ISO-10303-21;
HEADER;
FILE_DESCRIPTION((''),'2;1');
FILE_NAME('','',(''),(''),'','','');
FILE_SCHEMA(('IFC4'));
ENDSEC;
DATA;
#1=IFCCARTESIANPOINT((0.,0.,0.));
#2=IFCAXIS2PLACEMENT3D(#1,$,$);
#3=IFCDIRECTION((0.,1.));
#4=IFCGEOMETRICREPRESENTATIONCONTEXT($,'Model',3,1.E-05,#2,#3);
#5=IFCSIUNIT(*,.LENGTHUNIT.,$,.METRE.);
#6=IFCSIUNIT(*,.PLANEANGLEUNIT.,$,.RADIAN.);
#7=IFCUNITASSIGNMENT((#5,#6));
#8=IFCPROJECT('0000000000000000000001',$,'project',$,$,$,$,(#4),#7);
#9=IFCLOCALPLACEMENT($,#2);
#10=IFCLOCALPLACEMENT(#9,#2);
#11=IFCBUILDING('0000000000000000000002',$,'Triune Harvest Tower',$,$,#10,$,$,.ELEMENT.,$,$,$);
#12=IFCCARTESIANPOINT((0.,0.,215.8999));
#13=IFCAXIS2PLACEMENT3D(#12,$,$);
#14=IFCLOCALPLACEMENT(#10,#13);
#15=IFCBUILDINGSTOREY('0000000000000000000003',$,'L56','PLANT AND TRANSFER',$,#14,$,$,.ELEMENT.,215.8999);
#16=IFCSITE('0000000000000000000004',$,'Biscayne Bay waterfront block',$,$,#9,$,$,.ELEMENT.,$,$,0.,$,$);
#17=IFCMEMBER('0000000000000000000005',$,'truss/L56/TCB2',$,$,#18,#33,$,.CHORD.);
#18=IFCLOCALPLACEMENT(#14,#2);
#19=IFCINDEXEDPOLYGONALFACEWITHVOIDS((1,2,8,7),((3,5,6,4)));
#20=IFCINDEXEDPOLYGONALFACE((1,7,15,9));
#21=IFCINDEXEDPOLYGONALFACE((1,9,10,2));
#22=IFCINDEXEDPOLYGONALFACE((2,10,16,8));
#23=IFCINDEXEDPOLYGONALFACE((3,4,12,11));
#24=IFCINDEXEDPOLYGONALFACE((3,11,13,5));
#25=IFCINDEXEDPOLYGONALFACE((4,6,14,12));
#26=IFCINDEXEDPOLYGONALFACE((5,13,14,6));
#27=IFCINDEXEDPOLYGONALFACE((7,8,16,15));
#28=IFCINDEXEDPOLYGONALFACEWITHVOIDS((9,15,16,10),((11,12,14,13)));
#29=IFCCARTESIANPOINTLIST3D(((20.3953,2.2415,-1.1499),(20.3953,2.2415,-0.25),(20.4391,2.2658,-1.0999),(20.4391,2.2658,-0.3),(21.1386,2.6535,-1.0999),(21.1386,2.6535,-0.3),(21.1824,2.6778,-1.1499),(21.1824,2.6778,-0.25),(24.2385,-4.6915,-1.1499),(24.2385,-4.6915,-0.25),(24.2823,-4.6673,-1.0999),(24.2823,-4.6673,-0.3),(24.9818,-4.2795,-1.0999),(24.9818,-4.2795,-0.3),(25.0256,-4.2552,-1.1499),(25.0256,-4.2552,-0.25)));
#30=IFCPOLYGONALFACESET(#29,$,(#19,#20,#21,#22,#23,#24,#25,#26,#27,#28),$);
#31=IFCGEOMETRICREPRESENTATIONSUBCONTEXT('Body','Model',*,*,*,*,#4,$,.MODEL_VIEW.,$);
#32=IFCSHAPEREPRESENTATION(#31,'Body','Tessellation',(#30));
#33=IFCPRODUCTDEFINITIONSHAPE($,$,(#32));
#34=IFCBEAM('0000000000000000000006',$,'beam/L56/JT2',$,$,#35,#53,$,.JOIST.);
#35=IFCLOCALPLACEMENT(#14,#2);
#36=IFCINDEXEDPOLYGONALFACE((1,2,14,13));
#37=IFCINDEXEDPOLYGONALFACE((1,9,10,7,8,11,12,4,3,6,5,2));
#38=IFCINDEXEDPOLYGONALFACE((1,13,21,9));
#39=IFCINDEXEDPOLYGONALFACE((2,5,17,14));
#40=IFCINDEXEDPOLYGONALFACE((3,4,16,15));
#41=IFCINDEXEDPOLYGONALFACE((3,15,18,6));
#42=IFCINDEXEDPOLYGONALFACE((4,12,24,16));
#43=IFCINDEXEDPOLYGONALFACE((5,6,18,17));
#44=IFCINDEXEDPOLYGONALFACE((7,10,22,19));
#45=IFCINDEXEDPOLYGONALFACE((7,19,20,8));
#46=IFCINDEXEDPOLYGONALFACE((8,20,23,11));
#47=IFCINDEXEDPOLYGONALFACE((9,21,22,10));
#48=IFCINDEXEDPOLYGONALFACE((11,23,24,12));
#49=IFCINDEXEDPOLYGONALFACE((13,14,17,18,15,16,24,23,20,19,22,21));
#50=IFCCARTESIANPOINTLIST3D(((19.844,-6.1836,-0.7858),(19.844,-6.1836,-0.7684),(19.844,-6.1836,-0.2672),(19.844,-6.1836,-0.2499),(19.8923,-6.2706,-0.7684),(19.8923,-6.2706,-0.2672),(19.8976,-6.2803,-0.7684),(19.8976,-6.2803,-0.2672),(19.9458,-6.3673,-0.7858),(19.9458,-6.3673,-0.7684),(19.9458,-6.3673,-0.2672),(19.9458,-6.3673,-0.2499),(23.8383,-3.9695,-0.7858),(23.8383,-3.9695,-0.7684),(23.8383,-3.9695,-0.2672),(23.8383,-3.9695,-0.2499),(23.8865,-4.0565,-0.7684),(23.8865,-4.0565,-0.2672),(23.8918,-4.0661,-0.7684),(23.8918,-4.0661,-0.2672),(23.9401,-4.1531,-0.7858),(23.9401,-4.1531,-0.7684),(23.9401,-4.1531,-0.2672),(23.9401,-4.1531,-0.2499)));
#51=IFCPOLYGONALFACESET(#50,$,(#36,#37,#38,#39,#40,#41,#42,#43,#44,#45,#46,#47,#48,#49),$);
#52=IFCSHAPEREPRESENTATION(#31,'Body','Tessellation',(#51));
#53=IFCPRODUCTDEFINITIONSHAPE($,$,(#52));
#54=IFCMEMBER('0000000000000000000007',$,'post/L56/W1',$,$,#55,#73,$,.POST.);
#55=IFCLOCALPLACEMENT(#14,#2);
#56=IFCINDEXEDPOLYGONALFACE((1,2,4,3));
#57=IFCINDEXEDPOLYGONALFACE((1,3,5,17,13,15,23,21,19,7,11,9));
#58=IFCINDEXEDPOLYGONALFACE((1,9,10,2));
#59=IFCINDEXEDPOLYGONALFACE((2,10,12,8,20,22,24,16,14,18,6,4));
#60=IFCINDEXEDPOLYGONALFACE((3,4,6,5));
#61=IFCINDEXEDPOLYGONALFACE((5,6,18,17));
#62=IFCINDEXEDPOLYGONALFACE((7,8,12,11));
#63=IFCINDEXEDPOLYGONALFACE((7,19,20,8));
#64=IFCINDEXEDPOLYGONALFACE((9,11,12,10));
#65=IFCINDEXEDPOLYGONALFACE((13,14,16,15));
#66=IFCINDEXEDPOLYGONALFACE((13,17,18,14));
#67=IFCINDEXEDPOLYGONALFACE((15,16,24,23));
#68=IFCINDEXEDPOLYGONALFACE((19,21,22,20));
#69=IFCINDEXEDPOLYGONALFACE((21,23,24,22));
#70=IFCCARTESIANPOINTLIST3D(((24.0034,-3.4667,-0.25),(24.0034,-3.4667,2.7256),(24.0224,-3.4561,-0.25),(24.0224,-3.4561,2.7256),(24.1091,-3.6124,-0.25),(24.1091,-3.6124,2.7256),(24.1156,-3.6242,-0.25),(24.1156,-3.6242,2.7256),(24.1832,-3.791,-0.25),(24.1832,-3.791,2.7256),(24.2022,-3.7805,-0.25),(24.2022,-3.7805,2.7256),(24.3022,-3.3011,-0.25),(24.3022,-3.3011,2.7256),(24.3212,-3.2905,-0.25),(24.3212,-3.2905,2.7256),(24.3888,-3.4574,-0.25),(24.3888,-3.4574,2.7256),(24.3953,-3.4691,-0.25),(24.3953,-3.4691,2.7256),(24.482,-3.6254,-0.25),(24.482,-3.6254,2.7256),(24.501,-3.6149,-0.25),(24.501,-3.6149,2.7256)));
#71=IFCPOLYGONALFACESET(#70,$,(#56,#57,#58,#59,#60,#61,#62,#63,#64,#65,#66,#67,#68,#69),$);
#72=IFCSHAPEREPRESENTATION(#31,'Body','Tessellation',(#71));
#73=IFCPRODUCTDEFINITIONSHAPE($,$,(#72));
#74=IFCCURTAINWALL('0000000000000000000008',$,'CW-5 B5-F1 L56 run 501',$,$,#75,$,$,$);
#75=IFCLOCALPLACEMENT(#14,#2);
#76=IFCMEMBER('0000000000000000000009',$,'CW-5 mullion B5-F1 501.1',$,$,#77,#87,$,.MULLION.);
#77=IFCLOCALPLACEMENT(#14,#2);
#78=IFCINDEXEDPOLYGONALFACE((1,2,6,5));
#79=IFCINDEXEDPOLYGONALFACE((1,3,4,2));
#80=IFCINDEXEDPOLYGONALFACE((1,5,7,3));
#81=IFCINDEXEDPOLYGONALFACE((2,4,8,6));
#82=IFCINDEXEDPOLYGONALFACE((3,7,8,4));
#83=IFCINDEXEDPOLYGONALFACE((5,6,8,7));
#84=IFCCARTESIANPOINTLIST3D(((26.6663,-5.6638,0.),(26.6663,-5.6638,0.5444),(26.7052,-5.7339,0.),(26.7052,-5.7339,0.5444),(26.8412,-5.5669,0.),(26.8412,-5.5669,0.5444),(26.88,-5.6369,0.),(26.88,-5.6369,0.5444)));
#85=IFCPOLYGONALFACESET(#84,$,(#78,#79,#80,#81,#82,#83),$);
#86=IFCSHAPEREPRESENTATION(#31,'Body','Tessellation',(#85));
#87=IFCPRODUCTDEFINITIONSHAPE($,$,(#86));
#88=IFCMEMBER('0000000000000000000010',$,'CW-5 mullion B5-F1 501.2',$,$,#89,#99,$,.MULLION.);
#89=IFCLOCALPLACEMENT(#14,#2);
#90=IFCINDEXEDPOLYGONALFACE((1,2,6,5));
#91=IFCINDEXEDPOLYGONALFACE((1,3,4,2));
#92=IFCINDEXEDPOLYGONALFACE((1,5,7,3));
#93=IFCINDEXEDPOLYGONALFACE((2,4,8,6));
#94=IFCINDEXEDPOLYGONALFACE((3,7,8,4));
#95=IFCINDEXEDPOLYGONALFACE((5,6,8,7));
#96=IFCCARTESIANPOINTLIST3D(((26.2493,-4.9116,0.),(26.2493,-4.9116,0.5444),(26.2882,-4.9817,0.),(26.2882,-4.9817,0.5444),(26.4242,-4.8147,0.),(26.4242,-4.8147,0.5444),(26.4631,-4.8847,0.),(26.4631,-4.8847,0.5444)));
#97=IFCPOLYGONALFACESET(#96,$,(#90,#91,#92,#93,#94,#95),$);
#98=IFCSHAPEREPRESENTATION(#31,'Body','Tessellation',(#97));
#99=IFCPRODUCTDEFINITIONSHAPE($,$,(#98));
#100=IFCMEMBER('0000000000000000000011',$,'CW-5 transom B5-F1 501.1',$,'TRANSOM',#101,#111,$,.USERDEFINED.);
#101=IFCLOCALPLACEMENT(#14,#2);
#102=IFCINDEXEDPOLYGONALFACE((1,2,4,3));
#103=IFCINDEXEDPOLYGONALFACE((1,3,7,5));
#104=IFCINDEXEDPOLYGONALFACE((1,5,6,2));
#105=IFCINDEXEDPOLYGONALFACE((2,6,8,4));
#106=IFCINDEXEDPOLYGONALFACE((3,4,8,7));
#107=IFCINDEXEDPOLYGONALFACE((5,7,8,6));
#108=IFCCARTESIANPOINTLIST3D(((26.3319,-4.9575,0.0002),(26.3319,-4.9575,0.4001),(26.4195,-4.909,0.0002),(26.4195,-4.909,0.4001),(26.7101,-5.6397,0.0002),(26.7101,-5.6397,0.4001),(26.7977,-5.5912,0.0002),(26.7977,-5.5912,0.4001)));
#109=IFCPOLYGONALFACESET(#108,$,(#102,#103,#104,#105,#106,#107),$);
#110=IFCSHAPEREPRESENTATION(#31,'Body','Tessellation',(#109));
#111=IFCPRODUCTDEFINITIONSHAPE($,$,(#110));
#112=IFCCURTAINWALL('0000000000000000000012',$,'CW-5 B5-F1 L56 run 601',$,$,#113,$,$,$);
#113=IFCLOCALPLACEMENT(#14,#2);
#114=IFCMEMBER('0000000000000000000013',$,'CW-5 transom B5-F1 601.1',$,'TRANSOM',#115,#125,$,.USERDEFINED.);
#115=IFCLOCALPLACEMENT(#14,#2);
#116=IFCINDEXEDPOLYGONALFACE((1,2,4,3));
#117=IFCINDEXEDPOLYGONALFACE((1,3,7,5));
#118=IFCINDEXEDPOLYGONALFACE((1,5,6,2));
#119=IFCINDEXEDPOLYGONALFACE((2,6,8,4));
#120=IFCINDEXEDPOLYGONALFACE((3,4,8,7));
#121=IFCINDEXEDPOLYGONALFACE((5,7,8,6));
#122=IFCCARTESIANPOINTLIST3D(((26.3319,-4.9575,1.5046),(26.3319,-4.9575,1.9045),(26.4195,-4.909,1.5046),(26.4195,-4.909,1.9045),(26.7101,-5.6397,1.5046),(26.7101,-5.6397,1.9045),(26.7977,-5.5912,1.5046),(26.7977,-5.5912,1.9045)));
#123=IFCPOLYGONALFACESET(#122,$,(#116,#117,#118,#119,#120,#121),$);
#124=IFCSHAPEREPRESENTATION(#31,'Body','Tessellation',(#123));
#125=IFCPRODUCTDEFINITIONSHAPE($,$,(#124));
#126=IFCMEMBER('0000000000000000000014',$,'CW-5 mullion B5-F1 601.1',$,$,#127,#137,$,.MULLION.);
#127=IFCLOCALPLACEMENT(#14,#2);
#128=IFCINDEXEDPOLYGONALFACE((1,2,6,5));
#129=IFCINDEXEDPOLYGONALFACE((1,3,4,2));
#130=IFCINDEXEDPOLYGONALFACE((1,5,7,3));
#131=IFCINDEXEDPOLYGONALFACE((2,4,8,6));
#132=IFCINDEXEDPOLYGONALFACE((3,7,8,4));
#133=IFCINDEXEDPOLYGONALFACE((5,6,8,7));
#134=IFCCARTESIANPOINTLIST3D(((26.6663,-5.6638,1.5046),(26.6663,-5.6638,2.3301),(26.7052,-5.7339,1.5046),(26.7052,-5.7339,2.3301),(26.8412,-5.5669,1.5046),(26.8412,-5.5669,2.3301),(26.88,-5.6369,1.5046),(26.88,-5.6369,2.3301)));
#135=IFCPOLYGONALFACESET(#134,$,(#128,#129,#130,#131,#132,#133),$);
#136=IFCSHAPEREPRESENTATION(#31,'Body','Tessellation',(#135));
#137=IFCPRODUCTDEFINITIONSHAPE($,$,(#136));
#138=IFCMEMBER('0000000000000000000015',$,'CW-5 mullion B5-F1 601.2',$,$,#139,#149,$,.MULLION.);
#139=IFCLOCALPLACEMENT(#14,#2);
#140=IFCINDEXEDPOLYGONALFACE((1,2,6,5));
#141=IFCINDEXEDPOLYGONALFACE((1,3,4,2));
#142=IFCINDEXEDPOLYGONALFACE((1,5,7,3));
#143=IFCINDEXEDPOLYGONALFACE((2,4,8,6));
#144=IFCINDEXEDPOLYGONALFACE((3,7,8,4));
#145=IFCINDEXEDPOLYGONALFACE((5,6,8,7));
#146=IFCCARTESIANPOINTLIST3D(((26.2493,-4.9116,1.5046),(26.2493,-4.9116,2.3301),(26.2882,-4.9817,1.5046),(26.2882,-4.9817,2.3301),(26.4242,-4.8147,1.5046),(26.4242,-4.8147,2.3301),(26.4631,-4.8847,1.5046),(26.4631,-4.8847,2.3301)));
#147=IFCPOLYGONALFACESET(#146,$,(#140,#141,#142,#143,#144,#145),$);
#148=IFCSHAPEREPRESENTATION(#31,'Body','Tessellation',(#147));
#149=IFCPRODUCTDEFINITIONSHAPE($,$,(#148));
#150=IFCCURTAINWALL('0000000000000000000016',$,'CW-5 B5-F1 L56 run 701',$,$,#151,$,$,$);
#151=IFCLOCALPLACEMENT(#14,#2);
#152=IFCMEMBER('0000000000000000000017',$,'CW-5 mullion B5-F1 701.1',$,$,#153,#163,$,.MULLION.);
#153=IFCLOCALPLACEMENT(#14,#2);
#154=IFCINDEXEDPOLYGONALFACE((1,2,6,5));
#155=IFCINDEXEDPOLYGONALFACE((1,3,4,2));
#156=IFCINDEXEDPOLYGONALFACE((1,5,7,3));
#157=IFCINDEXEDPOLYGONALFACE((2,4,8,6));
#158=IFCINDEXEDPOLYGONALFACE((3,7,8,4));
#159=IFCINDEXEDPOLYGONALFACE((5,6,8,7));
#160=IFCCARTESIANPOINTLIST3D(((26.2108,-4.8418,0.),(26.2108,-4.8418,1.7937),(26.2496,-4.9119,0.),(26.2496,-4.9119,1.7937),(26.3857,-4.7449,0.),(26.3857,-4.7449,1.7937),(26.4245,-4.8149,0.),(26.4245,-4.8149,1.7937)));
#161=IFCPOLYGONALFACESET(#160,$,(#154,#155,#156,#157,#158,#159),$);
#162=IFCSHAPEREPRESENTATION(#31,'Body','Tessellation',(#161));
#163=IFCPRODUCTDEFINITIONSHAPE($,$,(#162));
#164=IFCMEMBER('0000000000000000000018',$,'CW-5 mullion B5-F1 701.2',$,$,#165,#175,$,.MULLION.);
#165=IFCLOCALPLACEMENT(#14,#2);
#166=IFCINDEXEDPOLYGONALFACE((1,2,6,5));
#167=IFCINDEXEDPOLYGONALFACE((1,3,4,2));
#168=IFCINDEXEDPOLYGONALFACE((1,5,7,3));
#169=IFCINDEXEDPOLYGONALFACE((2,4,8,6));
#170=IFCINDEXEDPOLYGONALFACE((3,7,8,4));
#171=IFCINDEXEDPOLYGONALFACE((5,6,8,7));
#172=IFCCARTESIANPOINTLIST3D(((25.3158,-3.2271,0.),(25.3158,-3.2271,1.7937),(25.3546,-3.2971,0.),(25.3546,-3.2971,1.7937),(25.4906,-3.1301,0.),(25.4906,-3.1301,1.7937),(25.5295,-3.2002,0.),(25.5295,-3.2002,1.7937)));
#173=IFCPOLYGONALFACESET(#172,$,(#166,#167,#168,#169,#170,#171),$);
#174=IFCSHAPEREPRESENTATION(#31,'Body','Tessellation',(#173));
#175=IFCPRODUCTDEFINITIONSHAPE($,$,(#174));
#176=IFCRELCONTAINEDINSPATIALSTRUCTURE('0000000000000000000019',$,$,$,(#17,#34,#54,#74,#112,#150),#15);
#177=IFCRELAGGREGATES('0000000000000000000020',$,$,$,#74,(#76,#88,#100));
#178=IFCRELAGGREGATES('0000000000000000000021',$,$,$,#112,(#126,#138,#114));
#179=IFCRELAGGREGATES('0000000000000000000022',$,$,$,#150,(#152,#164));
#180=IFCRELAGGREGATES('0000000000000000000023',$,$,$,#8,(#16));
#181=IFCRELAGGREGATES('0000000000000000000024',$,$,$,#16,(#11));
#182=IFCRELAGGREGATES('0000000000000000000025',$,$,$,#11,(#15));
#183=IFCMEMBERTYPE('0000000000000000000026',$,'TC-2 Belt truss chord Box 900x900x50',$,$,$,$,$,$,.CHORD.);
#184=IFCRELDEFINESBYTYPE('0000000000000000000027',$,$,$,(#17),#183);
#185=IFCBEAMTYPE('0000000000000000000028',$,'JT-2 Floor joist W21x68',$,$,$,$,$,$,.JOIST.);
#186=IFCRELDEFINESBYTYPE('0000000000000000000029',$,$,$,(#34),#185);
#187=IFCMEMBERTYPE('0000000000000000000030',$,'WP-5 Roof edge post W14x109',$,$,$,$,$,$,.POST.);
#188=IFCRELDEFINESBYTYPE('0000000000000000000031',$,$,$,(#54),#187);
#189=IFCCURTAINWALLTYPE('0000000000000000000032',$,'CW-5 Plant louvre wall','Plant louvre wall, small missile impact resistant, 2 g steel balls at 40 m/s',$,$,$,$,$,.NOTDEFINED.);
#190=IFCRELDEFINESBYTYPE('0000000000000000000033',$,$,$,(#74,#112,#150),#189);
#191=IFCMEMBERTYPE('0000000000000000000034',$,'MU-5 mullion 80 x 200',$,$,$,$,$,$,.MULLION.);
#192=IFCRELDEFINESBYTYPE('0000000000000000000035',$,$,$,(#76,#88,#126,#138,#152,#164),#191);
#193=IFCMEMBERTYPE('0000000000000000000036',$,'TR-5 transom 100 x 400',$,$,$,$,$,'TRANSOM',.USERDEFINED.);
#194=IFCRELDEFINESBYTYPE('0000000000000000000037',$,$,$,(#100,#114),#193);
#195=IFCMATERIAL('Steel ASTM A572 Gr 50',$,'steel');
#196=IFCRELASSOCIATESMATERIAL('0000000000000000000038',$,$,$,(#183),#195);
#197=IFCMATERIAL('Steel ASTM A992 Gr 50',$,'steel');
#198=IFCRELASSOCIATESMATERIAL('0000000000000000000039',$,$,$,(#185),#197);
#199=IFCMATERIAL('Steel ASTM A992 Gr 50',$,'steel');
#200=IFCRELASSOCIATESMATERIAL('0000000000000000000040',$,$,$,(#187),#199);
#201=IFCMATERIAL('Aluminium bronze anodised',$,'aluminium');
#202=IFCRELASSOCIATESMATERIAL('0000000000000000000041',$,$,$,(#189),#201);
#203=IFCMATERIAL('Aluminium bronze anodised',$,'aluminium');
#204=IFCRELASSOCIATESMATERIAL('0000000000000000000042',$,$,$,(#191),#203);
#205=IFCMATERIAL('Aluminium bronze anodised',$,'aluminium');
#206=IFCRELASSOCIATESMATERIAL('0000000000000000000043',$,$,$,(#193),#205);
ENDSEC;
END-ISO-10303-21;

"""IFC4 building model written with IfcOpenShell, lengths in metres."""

from ifc_helpers import new_model, si_unit, direction, frame, origin, origin_2d, place, context, subcontext, project, spatial, rectangle, hollow_rectangle, i_section, extrude, source, transform, mapped, material, material_profile, profile_set, type_object, element, aggregate, save


model = new_model("IFC4")

# Units and contexts
model_context = context("Model", 3, precision=1e-05, world=origin(), true_north=direction((0.0, 1.0)))
body_context = subcontext(model_context, "Body", "Model", "MODEL_VIEW")
ifc_project = project(units=[si_unit("LENGTHUNIT", "METRE"), si_unit("PLANEANGLEUNIT", "RADIAN")], contexts=[model_context])

# Site, building, storey
site_placement = place(None, origin())
site = spatial("IfcSite", under=ifc_project, at=site_placement, Name="Biscayne Bay waterfront block", CompositionType="ELEMENT", RefElevation=0.0)
building_placement = place(site_placement, origin())
building = spatial("IfcBuilding", under=site, at=building_placement, Name="Triune Harvest Tower", CompositionType="ELEMENT")
storey_placement = place(building_placement, frame((0.0, 0.0, 215.8999)))
storey = spatial("IfcBuildingStorey", under=building, at=storey_placement, Name="L56", Description="PLANT AND TRANSFER", CompositionType="ELEMENT", Elevation=215.8999)

# Member
ifc_material_1 = material(Name="Steel ASTM A572 Gr 50", Category="steel")
ifc_material_profile_1 = material_profile(ifc_material_1, hollow_rectangle(XDim=0.8999, YDim=0.8999, WallThickness=0.05, at=origin_2d()), Name="Box 900x900x50")
ifc_profile_set_1 = profile_set([ifc_material_profile_1], Name="Steel ASTM A572 Gr 50")
member_type_1 = type_object("IfcMemberType", Name="TC-2 Belt truss chord Box 900x900x50", PredefinedType="CHORD", material=ifc_profile_set_1)
member_1_placement = place(storey_placement, frame((24.6321, -4.4734, -0.7), z_axis=(-0.484827, 0.87461, 0.0), x_axis=(-0.87461, -0.484827, 0.0)))
element("IfcMember", 1, at=member_1_placement, inside=storey, type_object=member_type_1, Name="truss/L56/TCB2", PredefinedType="CHORD", context=body_context, shape_type="SweptSolid", body=[
    extrude(hollow_rectangle(XDim=0.8999, YDim=0.8999, WallThickness=0.05, at=origin_2d()), origin(), (0.0, 0.0, 1.0), 7.927),
])

# Beam
ifc_material_2 = material(Name="Steel ASTM A992 Gr 50", Category="steel")
ifc_material_profile_2 = material_profile(ifc_material_2, i_section(OverallWidth=0.21, OverallDepth=0.5359, WebThickness=0.011, FlangeThickness=0.0173, at=origin_2d()), Name="W21x68")
ifc_profile_set_2 = profile_set([ifc_material_profile_2], Name="Steel ASTM A992 Gr 50")
beam_type = type_object("IfcBeamType", Name="JT-2 Floor joist W21x68", PredefinedType="JOIST", material=ifc_profile_set_2)
shared_shape_1 = source(origin(), body_context, "Body", "SweptSolid", [
    extrude(i_section(OverallWidth=0.21, OverallDepth=0.5359, WebThickness=0.011, FlangeThickness=0.0173, at=origin_2d()), origin(), (0.0, 0.0, 1.0), 4.5669),
])
beam_placement = place(storey_placement, frame((23.8892, -4.0613, -0.5178), z_axis=(-0.874608, -0.48483, 0.0), x_axis=(0.48483, -0.874608, 0.0)))
element("IfcBeam", 2, at=beam_placement, inside=storey, type_object=beam_type, Name="beam/L56/JT2", PredefinedType="JOIST", context=body_context, shape_type="MappedRepresentation", body=[
    mapped(shared_shape_1, transform((0.0, 0.0, 0.0), scale=1.0)),
])

# Member
ifc_material_3 = material(Name="Steel ASTM A992 Gr 50", Category="steel")
ifc_material_profile_3 = material_profile(ifc_material_3, i_section(OverallWidth=0.3708, OverallDepth=0.3633, WebThickness=0.0134, FlangeThickness=0.0217, at=origin_2d()), Name="W14x109")
ifc_profile_set_3 = profile_set([ifc_material_profile_3], Name="Steel ASTM A992 Gr 50")
member_type_2 = type_object("IfcMemberType", Name="WP-5 Roof edge post W14x109", PredefinedType="POST", material=ifc_profile_set_3)
shared_shape_2 = source(origin(), body_context, "Body", "SweptSolid", [
    extrude(i_section(OverallWidth=0.3708, OverallDepth=0.3633, WebThickness=0.0134, FlangeThickness=0.0217, at=origin_2d()), origin(), (0.0, 0.0, 1.0), 2.9756),
])
member_2_placement = place(storey_placement, frame((24.2522, -3.5408, -0.25), z_axis=(0.0, 0.0, 1.0), x_axis=(-0.48481, 0.87462, 0.0)))
element("IfcMember", 3, at=member_2_placement, inside=storey, type_object=member_type_2, Name="post/L56/W1", PredefinedType="POST", context=body_context, shape_type="MappedRepresentation", body=[
    mapped(shared_shape_2, transform((0.0, 0.0, 0.0), scale=1.0)),
])

# Curtain walls, members
ifc_material_4 = material(Name="Aluminium bronze anodised", Category="aluminium")
curtain_wall_type = type_object("IfcCurtainWallType", Name="CW-5 Plant louvre wall", Description="Plant louvre wall, small missile impact resistant, 2 g steel balls at 40 m/s", PredefinedType="NOTDEFINED", material=ifc_material_4)
curtain_wall_1_placement = place(storey_placement, origin())
curtain_wall_1 = element("IfcCurtainWall", 4, at=curtain_wall_1_placement, inside=storey, type_object=curtain_wall_type, Name="CW-5 B5-F1 L56 run 501")
ifc_material_5 = material(Name="Aluminium bronze anodised", Category="aluminium")
ifc_material_profile_4 = material_profile(ifc_material_5, rectangle(XDim=0.2, YDim=0.0801, at=origin_2d()), Name="MU-5 mullion 80 x 200")
ifc_profile_set_4 = profile_set([ifc_material_profile_4], Name="Aluminium bronze anodised")
member_type_3 = type_object("IfcMemberType", Name="MU-5 mullion 80 x 200", PredefinedType="MULLION", material=ifc_profile_set_4)
shared_shape_3 = source(origin(), body_context, "Body", "SweptSolid", [
    extrude(rectangle(XDim=0.2, YDim=0.0801, at=origin_2d()), origin(), (0.0, 0.0, 1.0), 0.5444),
])
member_3_placement = place(storey_placement, frame((26.7732, -5.6504, 0.0), z_axis=(0.0, 0.0, 1.0), x_axis=(-0.874619, -0.484812, 0.0)))
member_3 = element("IfcMember", 5, at=member_3_placement, type_object=member_type_3, Name="CW-5 mullion B5-F1 501.1", PredefinedType="MULLION", context=body_context, shape_type="MappedRepresentation", body=[
    mapped(shared_shape_3, transform((0.0, 0.0, 0.0), scale=1.0)),
])
member_4_placement = place(storey_placement, frame((26.3562, -4.8982, 0.0), z_axis=(0.0, 0.0, 1.0), x_axis=(-0.874619, -0.484812, 0.0)))
member_4 = element("IfcMember", 6, at=member_4_placement, type_object=member_type_3, Name="CW-5 mullion B5-F1 501.2", PredefinedType="MULLION", context=body_context, shape_type="MappedRepresentation", body=[
    mapped(shared_shape_3, transform((0.0, 0.0, 0.0), scale=1.0)),
])
ifc_material_6 = material(Name="Aluminium bronze anodised", Category="aluminium")
ifc_material_profile_5 = material_profile(ifc_material_6, rectangle(XDim=0.1001, YDim=0.3999, at=origin_2d()), Name="TR-5 transom 100 x 400")
ifc_profile_set_5 = profile_set([ifc_material_profile_5], Name="Aluminium bronze anodised")
member_type_4 = type_object("IfcMemberType", Name="TR-5 transom 100 x 400", ElementType="TRANSOM", PredefinedType="USERDEFINED", material=ifc_profile_set_5)
shared_shape_4 = source(origin(), body_context, "Body", "SweptSolid", [
    extrude(rectangle(XDim=0.1001, YDim=0.3999, at=origin_2d()), origin(), (0.0, 0.0, 1.0), 0.78),
])
member_5_placement = place(storey_placement, frame((26.7539, -5.6155, 0.2002), z_axis=(-0.484872, 0.874585, 0.0), x_axis=(-0.874585, -0.484872, 0.0)))
member_5 = element("IfcMember", 7, at=member_5_placement, type_object=member_type_4, Name="CW-5 transom B5-F1 501.1", ObjectType="TRANSOM", PredefinedType="USERDEFINED", context=body_context, shape_type="MappedRepresentation", body=[
    mapped(shared_shape_4, transform((0.0, 0.0, 0.0), scale=1.0)),
])
curtain_wall_2_placement = place(storey_placement, origin())
curtain_wall_2 = element("IfcCurtainWall", 8, at=curtain_wall_2_placement, inside=storey, type_object=curtain_wall_type, Name="CW-5 B5-F1 L56 run 601")
member_6_placement = place(storey_placement, frame((26.7539, -5.6155, 1.7046), z_axis=(-0.484872, 0.874585, 0.0), x_axis=(-0.874585, -0.484872, 0.0)))
member_6 = element("IfcMember", 9, at=member_6_placement, type_object=member_type_4, Name="CW-5 transom B5-F1 601.1", ObjectType="TRANSOM", PredefinedType="USERDEFINED", context=body_context, shape_type="MappedRepresentation", body=[
    mapped(shared_shape_4, transform((0.0, 0.0, 0.0), scale=1.0)),
])
shared_shape_5 = source(origin(), body_context, "Body", "SweptSolid", [
    extrude(rectangle(XDim=0.2, YDim=0.0801, at=origin_2d()), origin(), (0.0, 0.0, 1.0), 0.8254),
])
member_7_placement = place(storey_placement, frame((26.7732, -5.6504, 1.5046), z_axis=(0.0, 0.0, 1.0), x_axis=(-0.874619, -0.484812, 0.0)))
member_7 = element("IfcMember", 10, at=member_7_placement, type_object=member_type_3, Name="CW-5 mullion B5-F1 601.1", PredefinedType="MULLION", context=body_context, shape_type="MappedRepresentation", body=[
    mapped(shared_shape_5, transform((0.0, 0.0, 0.0), scale=1.0)),
])
member_8_placement = place(storey_placement, frame((26.3562, -4.8982, 1.5046), z_axis=(0.0, 0.0, 1.0), x_axis=(-0.874619, -0.484812, 0.0)))
member_8 = element("IfcMember", 11, at=member_8_placement, type_object=member_type_3, Name="CW-5 mullion B5-F1 601.2", PredefinedType="MULLION", context=body_context, shape_type="MappedRepresentation", body=[
    mapped(shared_shape_5, transform((0.0, 0.0, 0.0), scale=1.0)),
])
curtain_wall_3_placement = place(storey_placement, origin())
curtain_wall_3 = element("IfcCurtainWall", 12, at=curtain_wall_3_placement, inside=storey, type_object=curtain_wall_type, Name="CW-5 B5-F1 L56 run 701")
shared_shape_6 = source(origin(), body_context, "Body", "SweptSolid", [
    extrude(rectangle(XDim=0.2, YDim=0.0801, at=origin_2d()), origin(), (0.0, 0.0, 1.0), 1.7937),
])
member_9_placement = place(storey_placement, frame((26.3176, -4.8284, 0.0), z_axis=(0.0, 0.0, 1.0), x_axis=(-0.874629, -0.484792, 0.0)))
member_9 = element("IfcMember", 13, at=member_9_placement, type_object=member_type_3, Name="CW-5 mullion B5-F1 701.1", PredefinedType="MULLION", context=body_context, shape_type="MappedRepresentation", body=[
    mapped(shared_shape_6, transform((0.0, 0.0, 0.0), scale=1.0)),
])
member_10_placement = place(storey_placement, frame((25.4226, -3.2136, 0.0), z_axis=(0.0, 0.0, 1.0), x_axis=(-0.874629, -0.484792, 0.0)))
member_10 = element("IfcMember", 14, at=member_10_placement, type_object=member_type_3, Name="CW-5 mullion B5-F1 701.2", PredefinedType="MULLION", context=body_context, shape_type="MappedRepresentation", body=[
    mapped(shared_shape_6, transform((0.0, 0.0, 0.0), scale=1.0)),
])

aggregate(curtain_wall_1, [member_3, member_4, member_5])
aggregate(curtain_wall_2, [member_7, member_8, member_6])
aggregate(curtain_wall_3, [member_9, member_10])

save(model, "model.ifc")
